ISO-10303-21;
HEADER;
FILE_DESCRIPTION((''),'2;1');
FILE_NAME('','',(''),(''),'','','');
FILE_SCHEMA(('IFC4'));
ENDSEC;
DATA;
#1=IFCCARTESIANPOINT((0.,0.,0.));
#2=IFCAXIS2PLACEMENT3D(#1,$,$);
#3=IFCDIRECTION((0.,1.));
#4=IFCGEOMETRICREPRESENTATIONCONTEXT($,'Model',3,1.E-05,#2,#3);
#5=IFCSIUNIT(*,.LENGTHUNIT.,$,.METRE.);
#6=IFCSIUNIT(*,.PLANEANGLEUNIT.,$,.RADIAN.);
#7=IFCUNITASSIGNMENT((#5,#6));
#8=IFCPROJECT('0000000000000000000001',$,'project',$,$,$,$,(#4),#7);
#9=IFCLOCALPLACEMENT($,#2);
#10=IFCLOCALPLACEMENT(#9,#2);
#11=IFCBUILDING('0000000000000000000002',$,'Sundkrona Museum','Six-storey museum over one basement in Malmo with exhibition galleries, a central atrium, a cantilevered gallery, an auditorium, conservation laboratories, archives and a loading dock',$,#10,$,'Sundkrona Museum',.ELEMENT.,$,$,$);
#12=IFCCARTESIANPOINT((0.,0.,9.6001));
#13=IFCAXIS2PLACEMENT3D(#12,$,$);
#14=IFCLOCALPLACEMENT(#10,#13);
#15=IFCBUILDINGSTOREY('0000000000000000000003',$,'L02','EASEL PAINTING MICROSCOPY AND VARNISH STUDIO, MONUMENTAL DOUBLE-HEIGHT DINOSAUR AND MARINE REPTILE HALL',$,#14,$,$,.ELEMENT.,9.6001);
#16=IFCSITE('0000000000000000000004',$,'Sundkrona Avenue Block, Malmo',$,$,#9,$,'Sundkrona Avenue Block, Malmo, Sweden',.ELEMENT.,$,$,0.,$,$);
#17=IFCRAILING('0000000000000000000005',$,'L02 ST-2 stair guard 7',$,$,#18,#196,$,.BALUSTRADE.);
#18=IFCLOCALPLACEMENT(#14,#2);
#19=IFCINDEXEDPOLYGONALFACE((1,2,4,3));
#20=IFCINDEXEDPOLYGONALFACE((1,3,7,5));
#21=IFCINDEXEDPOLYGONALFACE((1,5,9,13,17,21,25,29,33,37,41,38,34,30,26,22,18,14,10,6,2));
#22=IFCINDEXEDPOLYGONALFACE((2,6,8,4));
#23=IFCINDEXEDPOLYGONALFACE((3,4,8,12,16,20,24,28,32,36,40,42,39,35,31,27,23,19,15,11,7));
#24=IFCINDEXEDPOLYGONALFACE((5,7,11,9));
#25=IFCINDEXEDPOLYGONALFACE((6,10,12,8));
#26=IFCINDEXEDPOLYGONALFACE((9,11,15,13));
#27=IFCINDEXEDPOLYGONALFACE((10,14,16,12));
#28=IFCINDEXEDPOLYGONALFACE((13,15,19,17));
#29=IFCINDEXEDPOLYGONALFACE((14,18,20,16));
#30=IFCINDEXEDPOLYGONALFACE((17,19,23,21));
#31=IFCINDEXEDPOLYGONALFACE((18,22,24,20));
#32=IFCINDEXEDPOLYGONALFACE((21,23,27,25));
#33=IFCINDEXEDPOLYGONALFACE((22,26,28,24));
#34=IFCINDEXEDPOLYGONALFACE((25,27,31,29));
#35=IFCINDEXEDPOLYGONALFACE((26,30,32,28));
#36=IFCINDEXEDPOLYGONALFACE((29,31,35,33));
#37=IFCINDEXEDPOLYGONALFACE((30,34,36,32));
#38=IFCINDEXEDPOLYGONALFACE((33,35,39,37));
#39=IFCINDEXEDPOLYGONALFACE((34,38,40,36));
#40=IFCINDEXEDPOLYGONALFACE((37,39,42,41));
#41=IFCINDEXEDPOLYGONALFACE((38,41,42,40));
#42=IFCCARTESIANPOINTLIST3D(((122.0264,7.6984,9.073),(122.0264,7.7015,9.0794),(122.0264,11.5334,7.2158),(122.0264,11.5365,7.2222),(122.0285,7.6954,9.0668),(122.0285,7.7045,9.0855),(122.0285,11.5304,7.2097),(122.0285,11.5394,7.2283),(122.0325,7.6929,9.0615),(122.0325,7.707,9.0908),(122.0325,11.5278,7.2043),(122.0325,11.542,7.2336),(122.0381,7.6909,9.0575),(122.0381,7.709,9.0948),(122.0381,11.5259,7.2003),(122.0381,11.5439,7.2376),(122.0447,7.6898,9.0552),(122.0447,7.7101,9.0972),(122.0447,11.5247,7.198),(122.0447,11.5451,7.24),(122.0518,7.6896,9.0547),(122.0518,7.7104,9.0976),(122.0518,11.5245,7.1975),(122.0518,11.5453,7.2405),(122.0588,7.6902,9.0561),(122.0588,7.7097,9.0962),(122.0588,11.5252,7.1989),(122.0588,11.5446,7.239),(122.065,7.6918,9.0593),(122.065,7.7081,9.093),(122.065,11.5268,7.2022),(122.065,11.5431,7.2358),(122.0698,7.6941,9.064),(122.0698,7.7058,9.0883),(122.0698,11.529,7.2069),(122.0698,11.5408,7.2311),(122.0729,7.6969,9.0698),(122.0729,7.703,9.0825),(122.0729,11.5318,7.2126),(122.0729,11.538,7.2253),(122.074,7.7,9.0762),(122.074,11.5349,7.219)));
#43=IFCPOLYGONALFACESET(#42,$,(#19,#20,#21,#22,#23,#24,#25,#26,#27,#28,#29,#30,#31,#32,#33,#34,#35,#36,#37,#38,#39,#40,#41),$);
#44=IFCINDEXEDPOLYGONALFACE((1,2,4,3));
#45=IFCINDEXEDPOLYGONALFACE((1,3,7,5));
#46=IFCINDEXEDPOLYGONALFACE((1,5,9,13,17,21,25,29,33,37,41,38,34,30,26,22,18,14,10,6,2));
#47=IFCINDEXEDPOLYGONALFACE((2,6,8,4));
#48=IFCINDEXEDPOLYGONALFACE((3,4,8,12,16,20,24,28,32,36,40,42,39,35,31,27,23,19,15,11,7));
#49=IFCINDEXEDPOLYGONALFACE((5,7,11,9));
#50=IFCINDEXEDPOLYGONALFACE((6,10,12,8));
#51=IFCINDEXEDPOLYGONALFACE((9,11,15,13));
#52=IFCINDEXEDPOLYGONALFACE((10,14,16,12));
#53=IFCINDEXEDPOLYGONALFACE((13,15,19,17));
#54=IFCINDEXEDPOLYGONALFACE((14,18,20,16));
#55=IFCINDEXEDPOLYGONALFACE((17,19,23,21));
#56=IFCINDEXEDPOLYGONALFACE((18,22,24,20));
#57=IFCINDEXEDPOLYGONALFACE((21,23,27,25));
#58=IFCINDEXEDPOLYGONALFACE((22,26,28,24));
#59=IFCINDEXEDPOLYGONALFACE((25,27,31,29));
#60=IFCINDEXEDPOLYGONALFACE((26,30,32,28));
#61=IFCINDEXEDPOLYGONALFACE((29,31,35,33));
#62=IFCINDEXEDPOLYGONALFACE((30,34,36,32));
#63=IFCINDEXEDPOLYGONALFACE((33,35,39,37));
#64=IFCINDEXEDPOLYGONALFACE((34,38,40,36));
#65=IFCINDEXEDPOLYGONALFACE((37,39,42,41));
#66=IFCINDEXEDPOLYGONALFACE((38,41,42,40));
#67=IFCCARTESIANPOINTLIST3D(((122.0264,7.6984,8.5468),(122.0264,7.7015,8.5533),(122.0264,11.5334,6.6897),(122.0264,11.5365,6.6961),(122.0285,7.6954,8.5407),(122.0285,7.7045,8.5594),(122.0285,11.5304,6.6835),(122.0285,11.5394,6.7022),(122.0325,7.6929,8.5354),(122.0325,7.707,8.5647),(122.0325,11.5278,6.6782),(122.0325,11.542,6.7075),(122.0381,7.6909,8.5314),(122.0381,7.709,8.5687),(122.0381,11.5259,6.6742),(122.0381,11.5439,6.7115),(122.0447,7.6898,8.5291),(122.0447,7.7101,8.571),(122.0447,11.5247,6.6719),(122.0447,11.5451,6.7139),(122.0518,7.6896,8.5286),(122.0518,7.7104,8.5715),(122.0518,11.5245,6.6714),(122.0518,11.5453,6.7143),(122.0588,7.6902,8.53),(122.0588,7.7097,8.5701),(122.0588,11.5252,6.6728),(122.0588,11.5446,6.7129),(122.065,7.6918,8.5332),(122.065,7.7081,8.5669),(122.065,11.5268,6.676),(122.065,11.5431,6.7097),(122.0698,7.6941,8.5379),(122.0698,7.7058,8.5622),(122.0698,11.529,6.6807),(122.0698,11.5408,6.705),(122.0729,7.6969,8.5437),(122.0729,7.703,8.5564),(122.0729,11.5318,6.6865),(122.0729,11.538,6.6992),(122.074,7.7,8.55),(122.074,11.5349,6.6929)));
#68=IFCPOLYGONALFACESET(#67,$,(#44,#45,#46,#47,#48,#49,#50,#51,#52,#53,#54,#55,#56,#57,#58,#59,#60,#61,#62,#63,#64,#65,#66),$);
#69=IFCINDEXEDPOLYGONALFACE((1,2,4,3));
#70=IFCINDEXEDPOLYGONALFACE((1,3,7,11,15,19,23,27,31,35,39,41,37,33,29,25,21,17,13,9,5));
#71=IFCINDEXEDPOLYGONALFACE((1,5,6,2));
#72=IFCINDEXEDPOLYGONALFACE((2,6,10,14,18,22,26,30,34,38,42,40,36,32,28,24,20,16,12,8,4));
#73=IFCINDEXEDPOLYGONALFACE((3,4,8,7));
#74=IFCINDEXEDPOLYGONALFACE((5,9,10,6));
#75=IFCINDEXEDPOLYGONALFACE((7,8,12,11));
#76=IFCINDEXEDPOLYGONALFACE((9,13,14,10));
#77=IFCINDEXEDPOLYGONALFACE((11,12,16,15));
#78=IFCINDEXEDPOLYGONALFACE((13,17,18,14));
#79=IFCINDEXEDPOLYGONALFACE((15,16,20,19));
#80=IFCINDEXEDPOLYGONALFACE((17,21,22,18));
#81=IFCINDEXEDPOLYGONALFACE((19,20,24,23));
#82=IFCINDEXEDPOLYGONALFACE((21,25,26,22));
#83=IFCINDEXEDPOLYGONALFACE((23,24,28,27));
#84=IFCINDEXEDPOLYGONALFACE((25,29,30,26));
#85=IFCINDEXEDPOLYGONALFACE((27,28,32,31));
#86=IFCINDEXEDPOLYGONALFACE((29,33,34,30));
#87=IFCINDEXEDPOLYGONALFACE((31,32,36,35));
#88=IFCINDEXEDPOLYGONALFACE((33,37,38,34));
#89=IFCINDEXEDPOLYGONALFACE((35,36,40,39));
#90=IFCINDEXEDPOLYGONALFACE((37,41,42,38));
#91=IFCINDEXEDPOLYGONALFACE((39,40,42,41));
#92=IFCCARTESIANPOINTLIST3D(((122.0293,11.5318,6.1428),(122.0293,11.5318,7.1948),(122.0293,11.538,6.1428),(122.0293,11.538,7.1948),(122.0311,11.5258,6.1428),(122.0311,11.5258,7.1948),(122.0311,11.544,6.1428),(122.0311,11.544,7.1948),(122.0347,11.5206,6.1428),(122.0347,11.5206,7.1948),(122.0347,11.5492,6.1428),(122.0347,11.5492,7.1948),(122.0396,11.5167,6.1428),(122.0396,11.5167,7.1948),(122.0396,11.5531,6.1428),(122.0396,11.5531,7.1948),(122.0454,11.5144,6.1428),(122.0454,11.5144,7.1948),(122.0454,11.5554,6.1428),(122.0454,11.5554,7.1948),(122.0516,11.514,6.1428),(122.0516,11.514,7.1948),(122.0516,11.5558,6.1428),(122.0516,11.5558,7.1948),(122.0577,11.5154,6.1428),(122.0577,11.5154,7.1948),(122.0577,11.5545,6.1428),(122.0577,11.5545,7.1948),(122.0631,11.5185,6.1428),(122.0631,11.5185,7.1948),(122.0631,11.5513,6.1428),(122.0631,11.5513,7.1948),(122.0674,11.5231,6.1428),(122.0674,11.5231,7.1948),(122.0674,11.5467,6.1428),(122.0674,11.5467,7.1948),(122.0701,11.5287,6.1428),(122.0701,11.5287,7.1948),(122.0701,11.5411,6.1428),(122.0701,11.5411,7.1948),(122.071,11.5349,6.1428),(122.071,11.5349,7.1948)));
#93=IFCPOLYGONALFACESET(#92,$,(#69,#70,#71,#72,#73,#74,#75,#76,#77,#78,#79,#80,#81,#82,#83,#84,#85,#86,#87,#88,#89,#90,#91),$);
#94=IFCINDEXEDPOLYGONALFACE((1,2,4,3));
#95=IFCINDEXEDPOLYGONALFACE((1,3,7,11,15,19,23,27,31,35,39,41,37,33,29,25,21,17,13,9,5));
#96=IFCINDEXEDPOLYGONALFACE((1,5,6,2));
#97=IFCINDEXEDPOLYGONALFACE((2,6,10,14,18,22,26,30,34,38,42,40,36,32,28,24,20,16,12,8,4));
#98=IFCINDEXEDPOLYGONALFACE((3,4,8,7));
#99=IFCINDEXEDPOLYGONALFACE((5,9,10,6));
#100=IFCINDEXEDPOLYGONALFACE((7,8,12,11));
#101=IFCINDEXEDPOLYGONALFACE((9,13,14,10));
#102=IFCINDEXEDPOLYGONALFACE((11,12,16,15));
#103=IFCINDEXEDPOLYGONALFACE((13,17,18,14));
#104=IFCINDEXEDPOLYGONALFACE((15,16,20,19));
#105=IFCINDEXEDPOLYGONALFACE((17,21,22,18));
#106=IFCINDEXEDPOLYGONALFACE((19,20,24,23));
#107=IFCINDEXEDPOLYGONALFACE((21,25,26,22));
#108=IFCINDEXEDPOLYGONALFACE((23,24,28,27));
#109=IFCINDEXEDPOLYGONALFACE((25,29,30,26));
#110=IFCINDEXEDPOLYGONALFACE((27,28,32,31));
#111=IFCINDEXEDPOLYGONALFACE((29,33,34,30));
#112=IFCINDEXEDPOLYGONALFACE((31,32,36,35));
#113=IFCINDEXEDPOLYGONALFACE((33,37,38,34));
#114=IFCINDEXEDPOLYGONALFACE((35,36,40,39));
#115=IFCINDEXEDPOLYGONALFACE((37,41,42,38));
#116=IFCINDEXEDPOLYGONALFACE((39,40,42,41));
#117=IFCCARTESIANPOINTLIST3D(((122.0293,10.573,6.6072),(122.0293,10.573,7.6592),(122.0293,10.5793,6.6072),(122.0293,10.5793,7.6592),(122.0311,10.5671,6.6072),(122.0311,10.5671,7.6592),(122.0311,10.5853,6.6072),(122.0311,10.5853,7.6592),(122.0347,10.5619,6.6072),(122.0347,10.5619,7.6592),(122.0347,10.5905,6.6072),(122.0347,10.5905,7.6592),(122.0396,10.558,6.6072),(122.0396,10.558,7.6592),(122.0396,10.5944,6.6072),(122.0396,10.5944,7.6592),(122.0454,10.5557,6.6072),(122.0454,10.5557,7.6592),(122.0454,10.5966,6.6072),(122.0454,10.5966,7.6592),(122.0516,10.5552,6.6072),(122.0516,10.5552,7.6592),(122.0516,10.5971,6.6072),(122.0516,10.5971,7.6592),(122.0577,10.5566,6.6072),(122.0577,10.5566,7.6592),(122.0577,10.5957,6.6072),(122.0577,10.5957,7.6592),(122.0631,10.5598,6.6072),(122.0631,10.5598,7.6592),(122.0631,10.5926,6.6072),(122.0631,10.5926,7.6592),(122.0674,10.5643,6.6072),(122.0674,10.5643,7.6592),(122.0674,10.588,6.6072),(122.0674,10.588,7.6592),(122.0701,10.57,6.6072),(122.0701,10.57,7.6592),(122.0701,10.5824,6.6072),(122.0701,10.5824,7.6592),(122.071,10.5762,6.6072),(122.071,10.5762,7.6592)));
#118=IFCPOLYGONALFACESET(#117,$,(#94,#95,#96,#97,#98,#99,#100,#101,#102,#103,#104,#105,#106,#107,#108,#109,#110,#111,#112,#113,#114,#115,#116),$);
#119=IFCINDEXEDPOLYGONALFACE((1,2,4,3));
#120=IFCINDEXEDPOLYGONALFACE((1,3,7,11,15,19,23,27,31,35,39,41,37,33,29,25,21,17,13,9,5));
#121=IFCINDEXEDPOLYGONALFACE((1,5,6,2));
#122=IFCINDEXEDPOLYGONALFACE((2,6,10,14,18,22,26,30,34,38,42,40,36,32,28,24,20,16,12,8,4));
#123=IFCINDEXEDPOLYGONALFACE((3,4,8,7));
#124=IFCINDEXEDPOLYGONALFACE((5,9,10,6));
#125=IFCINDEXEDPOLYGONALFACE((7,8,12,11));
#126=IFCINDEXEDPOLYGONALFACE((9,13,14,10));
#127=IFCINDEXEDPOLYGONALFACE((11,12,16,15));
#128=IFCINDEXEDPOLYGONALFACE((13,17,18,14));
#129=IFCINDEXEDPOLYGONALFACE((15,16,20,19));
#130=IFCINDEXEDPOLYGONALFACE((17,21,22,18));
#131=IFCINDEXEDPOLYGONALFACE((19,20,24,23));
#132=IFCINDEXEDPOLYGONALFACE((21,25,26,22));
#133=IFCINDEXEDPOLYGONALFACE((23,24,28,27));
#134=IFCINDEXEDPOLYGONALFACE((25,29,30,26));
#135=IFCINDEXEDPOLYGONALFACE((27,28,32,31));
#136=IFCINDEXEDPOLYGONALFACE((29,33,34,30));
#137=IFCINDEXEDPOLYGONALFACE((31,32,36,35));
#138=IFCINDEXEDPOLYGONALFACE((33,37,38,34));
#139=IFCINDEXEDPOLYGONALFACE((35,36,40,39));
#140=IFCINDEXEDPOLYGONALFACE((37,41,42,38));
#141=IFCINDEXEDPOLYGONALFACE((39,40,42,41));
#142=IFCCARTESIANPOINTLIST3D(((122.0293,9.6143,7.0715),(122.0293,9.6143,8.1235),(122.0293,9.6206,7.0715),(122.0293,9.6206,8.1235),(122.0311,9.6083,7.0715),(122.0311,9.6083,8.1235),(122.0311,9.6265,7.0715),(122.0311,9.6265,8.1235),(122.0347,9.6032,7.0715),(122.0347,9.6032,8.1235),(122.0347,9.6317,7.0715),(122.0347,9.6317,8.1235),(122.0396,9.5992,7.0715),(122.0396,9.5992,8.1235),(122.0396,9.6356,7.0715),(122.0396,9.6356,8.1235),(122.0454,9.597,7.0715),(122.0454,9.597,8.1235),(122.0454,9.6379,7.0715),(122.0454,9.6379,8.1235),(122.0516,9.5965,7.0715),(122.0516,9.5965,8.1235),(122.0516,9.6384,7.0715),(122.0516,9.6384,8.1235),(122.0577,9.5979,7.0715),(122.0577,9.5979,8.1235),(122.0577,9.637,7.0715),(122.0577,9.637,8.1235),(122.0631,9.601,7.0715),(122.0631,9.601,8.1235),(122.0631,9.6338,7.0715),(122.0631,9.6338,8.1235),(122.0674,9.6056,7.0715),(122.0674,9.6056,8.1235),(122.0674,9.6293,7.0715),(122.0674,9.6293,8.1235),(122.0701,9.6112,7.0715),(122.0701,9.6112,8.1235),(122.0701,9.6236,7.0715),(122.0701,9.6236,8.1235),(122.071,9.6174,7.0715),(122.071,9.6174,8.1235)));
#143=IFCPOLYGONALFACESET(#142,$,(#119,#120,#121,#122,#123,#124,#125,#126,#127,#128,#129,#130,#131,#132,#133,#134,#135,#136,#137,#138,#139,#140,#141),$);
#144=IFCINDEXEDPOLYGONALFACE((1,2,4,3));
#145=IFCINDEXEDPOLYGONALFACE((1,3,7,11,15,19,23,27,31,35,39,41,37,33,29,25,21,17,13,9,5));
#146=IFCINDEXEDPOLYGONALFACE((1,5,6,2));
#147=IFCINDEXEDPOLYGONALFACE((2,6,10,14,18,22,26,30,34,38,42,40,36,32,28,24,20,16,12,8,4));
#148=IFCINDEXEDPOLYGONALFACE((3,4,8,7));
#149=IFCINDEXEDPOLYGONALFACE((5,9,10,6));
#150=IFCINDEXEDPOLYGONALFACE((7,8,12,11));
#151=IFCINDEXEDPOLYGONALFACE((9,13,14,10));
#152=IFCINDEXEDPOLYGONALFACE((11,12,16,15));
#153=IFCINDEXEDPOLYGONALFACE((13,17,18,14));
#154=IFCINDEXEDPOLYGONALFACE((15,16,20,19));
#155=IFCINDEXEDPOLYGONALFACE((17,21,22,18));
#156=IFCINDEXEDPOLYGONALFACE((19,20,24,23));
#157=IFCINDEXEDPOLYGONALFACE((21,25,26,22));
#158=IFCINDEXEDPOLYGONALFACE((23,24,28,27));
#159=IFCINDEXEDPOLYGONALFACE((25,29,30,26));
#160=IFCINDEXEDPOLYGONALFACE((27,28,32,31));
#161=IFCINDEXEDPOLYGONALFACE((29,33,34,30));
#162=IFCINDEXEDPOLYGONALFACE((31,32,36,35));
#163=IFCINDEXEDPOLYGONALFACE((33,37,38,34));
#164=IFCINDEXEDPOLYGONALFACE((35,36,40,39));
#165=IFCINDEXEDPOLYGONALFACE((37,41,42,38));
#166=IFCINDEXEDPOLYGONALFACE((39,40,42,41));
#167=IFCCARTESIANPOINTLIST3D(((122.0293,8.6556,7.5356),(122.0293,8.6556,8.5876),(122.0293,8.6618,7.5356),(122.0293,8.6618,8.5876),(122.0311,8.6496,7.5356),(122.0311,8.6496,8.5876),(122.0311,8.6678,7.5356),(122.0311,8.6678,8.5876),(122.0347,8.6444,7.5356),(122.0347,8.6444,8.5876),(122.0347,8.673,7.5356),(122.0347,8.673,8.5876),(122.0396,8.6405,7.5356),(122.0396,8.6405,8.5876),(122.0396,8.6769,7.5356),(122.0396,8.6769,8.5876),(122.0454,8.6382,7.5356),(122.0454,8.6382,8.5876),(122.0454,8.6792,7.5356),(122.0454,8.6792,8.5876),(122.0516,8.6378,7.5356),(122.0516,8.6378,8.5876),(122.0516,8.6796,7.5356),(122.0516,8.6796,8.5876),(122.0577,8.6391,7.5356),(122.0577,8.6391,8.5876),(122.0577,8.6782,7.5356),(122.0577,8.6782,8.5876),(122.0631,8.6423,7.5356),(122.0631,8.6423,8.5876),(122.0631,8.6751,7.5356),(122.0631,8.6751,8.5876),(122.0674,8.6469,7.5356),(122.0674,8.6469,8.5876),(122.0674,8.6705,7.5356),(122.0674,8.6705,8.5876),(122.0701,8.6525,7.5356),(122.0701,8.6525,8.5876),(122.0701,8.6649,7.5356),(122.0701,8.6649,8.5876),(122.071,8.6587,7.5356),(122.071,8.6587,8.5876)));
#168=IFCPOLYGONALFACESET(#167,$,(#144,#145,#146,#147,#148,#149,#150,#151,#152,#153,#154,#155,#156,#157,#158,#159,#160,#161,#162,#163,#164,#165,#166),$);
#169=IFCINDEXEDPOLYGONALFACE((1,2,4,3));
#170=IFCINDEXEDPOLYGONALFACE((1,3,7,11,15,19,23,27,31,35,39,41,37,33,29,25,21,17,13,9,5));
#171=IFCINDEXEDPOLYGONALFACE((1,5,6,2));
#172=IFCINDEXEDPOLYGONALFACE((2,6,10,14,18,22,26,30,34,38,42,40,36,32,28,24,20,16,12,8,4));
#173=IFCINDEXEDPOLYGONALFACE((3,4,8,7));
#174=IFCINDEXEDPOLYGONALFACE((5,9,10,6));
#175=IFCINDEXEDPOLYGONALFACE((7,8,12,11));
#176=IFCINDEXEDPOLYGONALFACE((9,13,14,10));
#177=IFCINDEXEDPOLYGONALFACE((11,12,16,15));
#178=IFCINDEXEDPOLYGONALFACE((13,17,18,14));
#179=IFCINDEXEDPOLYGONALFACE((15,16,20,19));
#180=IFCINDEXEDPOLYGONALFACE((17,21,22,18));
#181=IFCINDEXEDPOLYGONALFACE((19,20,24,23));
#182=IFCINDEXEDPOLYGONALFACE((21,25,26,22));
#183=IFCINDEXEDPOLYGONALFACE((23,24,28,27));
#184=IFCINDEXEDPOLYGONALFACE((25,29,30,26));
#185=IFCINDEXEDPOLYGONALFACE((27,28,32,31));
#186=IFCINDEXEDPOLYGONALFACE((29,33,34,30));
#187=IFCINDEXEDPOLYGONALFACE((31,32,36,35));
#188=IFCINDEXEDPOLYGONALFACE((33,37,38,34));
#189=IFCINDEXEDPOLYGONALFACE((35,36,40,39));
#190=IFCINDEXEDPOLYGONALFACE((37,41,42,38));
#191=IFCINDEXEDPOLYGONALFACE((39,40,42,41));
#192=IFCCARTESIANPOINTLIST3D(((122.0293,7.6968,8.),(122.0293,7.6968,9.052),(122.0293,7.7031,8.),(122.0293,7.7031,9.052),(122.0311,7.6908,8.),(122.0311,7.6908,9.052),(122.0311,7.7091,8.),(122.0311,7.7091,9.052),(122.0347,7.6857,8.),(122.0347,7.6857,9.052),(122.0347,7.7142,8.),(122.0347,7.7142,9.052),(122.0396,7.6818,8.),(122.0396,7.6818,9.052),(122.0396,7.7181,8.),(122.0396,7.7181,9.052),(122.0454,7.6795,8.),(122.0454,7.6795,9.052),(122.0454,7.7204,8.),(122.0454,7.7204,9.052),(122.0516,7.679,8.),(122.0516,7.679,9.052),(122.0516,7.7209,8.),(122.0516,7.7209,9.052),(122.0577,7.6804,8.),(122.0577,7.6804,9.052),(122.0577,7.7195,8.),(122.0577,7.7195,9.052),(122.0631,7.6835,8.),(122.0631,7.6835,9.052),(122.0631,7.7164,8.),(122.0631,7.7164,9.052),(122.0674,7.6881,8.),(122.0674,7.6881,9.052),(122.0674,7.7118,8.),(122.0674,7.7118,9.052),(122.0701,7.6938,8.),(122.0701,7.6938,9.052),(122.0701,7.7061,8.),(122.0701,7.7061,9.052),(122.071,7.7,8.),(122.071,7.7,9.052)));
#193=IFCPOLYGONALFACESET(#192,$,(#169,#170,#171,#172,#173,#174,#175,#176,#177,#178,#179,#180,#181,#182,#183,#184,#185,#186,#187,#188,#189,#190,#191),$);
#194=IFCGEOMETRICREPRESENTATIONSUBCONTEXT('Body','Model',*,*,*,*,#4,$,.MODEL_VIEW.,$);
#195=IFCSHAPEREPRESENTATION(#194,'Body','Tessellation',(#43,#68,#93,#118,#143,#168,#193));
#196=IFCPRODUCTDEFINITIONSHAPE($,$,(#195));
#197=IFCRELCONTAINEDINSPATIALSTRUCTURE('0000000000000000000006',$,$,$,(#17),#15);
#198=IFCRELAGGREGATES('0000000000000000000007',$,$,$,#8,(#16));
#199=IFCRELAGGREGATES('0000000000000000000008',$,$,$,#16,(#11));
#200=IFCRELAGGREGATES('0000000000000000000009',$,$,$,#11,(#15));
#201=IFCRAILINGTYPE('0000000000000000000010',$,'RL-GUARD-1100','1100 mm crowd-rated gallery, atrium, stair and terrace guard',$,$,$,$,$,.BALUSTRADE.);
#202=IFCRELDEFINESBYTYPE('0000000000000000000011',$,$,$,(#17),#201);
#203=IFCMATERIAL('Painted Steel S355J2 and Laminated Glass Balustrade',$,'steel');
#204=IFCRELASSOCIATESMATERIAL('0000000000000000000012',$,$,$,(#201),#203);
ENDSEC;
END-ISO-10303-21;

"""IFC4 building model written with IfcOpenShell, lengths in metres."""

from ifc_helpers import new_model, si_unit, direction, frame, origin, origin_2d, place, context, subcontext, project, spatial, circle, extrude, material, type_object, element, save


model = new_model("IFC4")

# Units and contexts
model_context = context("Model", 3, precision=1e-05, world=origin(), true_north=direction((0.0, 1.0)))
body_context = subcontext(model_context, "Body", "Model", "MODEL_VIEW")
ifc_project = project(units=[si_unit("LENGTHUNIT", "METRE"), si_unit("PLANEANGLEUNIT", "RADIAN")], contexts=[model_context])

# Site, building, storey
site_placement = place(None, origin())
site = spatial("IfcSite", under=ifc_project, at=site_placement, Name="Sundkrona Avenue Block, Malmo", LongName="Sundkrona Avenue Block, Malmo, Sweden", CompositionType="ELEMENT", RefElevation=0.0)
building_placement = place(site_placement, origin())
building = spatial("IfcBuilding", under=site, at=building_placement, Name="Sundkrona Museum", Description="Six-storey museum over one basement in Malmo with exhibition galleries, a central atrium, a cantilevered gallery, an auditorium, conservation laboratories, archives and a loading dock", LongName="Sundkrona Museum", CompositionType="ELEMENT")
storey_placement = place(building_placement, frame((0.0, 0.0, 9.6001)))
storey = spatial("IfcBuildingStorey", under=building, at=storey_placement, Name="L02", Description="EASEL PAINTING MICROSCOPY AND VARNISH STUDIO, MONUMENTAL DOUBLE-HEIGHT DINOSAUR AND MARINE REPTILE HALL", CompositionType="ELEMENT", Elevation=9.6001)

# Railing
ifc_material_1 = material(Name="Painted Steel S355J2 and Laminated Glass Balustrade", Category="steel")
railing_type_1 = type_object("IfcRailingType", Name="RL-GUARD-1100", Description="1100 mm crowd-rated gallery, atrium, stair and terrace guard", PredefinedType="BALUSTRADE", material=ifc_material_1)
railing_1_placement = place(storey_placement, frame((122.05, 11.5349, 6.1428)))
element("IfcRailing", 1, at=railing_1_placement, inside=storey, type_object=railing_type_1, Name="L02 ST-2 stair guard 7", PredefinedType="BALUSTRADE", context=body_context, shape_type="SweptSolid", body=[
    extrude(circle(Radius=0.0239, at=origin_2d()), frame((0.0, 0.0, 1.0762), z_axis=(0.0, -0.900016, 0.435856), x_axis=(1.0, 0.0, 0.0)), (0.0, 0.0, 1.0), 4.261),
    extrude(circle(Radius=0.0239, at=origin_2d()), frame((0.0, 0.0, 0.55), z_axis=(0.0, -0.900016, 0.435856), x_axis=(1.0, 0.0, 0.0)), (0.0, 0.0, 1.0), 4.261),
    extrude(circle(Radius=0.021, at=origin_2d()), origin(), (0.0, 0.0, 1.0), 1.052),
    extrude(circle(Radius=0.021, at=origin_2d()), frame((0.0, -0.9587, 0.4644)), (0.0, 0.0, 1.0), 1.052),
    extrude(circle(Radius=0.021, at=origin_2d()), frame((0.0, -1.9175, 0.9287)), (0.0, 0.0, 1.0), 1.052),
    extrude(circle(Radius=0.021, at=origin_2d()), frame((0.0, -2.8762, 1.3928)), (0.0, 0.0, 1.0), 1.052),
    extrude(circle(Radius=0.021, at=origin_2d()), frame((0.0, -3.835, 1.8572)), (0.0, 0.0, 1.0), 1.052),
])

save(model, "model.ifc")
